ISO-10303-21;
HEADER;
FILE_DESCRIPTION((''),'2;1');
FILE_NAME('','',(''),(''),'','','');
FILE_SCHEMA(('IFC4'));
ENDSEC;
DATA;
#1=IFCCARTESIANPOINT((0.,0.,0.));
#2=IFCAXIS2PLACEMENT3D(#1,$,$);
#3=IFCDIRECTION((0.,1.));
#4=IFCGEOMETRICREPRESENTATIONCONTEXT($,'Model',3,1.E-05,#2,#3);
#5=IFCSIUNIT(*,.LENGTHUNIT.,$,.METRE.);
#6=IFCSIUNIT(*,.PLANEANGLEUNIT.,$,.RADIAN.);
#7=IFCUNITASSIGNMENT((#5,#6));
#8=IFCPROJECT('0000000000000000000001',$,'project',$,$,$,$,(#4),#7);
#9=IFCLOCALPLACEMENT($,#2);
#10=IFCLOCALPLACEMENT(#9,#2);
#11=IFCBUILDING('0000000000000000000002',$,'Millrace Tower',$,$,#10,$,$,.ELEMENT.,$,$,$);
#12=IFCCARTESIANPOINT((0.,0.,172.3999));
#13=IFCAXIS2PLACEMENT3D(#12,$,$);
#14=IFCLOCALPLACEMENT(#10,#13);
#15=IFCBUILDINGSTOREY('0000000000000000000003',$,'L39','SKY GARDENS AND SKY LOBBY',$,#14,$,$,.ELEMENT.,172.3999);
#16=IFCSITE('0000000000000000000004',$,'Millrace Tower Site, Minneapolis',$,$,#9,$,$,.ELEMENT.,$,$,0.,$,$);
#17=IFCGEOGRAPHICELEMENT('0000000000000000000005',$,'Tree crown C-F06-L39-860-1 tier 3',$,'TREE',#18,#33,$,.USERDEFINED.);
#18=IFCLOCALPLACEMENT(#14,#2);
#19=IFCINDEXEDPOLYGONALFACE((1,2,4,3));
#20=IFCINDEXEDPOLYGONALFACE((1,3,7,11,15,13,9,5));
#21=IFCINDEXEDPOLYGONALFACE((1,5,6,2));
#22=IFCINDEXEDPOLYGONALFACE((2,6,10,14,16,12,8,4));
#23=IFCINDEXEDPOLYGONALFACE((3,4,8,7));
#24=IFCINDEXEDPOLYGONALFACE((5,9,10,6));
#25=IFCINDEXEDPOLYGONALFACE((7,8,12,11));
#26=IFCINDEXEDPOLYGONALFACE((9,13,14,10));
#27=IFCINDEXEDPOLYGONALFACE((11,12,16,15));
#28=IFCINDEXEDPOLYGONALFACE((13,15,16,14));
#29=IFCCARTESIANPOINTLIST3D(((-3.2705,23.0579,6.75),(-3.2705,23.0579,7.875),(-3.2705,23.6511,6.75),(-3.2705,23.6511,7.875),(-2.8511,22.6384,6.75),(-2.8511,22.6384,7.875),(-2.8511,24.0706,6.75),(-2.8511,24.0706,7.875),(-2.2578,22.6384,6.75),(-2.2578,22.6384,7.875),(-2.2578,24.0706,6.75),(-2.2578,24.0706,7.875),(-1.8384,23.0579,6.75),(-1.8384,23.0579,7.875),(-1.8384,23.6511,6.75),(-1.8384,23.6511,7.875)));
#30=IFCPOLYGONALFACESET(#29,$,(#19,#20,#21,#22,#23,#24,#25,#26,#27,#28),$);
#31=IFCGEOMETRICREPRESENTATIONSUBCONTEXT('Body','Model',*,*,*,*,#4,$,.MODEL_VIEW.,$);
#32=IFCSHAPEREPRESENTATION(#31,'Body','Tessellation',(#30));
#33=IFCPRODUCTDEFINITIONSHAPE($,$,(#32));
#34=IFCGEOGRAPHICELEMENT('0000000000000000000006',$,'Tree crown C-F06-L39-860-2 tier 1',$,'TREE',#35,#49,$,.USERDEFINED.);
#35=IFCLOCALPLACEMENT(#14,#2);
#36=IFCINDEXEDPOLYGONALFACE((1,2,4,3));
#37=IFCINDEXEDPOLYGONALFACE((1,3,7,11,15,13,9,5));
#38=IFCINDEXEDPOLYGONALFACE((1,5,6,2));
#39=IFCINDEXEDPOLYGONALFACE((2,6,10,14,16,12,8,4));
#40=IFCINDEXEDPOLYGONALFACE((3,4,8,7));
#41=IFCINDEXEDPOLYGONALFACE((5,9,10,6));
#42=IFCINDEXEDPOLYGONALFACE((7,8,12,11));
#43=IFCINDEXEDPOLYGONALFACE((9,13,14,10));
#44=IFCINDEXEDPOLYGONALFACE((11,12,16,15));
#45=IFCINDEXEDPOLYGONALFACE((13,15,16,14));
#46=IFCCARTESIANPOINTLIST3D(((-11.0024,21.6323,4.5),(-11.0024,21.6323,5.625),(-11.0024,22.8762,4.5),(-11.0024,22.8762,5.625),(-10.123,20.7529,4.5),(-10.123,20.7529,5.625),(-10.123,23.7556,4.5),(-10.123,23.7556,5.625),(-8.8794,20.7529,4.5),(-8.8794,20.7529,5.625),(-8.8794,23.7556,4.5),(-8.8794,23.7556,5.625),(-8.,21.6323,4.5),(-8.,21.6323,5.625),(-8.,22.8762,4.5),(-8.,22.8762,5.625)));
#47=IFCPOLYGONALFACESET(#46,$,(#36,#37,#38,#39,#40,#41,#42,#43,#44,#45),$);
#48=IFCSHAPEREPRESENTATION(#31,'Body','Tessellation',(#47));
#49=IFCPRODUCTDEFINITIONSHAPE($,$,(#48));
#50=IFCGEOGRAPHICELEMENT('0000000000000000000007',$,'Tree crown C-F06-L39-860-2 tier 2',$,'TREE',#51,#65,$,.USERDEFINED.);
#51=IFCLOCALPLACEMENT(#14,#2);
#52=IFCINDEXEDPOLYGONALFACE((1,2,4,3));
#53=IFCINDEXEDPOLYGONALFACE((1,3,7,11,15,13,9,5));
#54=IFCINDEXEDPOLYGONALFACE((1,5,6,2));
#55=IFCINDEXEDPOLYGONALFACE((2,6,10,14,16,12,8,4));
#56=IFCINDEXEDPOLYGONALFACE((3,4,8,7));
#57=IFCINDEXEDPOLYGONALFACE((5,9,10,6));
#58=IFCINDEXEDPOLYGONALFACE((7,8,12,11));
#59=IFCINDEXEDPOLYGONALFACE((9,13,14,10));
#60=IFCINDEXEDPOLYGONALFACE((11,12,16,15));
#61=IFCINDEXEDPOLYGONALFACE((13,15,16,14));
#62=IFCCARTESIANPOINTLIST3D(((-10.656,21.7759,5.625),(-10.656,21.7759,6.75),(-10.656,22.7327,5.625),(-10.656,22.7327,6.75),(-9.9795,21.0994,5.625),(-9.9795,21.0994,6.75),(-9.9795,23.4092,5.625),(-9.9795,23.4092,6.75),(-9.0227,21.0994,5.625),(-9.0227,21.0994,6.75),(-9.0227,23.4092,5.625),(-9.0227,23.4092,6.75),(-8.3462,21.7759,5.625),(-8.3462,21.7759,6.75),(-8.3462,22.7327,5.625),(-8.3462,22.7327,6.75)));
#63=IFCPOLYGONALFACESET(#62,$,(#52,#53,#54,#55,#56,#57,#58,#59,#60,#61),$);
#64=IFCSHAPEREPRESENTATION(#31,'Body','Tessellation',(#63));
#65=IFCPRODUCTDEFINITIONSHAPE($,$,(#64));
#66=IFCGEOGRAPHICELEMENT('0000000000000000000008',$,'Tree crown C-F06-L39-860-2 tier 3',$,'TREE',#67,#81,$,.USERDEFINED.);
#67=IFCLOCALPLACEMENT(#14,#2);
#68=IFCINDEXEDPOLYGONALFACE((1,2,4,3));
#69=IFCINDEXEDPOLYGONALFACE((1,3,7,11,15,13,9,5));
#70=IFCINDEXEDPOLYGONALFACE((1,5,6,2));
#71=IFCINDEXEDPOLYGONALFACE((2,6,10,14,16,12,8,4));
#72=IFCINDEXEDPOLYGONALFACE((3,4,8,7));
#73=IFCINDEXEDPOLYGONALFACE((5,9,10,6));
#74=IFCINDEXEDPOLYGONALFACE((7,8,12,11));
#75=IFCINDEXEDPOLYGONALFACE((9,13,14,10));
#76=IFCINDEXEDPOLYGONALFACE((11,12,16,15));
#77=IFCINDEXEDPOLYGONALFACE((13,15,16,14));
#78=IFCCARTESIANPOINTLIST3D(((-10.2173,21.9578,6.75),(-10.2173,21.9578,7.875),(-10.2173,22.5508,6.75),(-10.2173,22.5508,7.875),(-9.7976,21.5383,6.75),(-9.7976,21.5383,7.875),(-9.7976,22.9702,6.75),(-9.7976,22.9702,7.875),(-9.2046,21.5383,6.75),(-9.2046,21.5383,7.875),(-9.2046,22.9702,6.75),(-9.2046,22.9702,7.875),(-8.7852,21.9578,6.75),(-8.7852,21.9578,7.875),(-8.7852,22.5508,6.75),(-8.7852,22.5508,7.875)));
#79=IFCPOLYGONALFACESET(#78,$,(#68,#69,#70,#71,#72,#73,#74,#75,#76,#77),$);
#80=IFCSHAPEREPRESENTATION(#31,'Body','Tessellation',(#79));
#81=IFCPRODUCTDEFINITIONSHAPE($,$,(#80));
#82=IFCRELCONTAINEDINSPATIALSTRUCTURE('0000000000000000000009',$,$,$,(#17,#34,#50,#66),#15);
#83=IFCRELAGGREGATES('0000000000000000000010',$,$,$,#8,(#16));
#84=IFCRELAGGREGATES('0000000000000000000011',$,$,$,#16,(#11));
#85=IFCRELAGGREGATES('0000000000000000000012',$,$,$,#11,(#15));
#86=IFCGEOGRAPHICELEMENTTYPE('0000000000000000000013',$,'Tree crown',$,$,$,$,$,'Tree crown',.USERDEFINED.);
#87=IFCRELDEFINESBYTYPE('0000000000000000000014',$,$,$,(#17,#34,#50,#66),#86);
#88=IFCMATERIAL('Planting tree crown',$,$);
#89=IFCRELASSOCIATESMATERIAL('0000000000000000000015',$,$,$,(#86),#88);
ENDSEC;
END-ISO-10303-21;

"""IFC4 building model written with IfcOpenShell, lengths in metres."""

from ifc_helpers import new_model, si_unit, direction, frame, origin, place, context, subcontext, project, spatial, polyline, outline, extrude, material, type_object, element, save


model = new_model("IFC4")

# Units and contexts
model_context = context("Model", 3, precision=1e-05, world=origin(), true_north=direction((0.0, 1.0)))
body_context = subcontext(model_context, "Body", "Model", "MODEL_VIEW")
ifc_project = project(units=[si_unit("LENGTHUNIT", "METRE"), si_unit("PLANEANGLEUNIT", "RADIAN")], contexts=[model_context])

# Site, building, storey
site_placement = place(None, origin())
site = spatial("IfcSite", under=ifc_project, at=site_placement, Name="Millrace Tower Site, Minneapolis", CompositionType="ELEMENT", RefElevation=0.0)
building_placement = place(site_placement, origin())
building = spatial("IfcBuilding", under=site, at=building_placement, Name="Millrace Tower", CompositionType="ELEMENT")
storey_placement = place(building_placement, frame((0.0, 0.0, 172.3999)))
storey = spatial("IfcBuildingStorey", under=building, at=storey_placement, Name="L39", Description="SKY GARDENS AND SKY LOBBY", CompositionType="ELEMENT", Elevation=172.3999)

# Geographic elements
ifc_material_1 = material(Name="Planting tree crown")
geographic_element_type = type_object("IfcGeographicElementType", Name="Tree crown", ElementType="Tree crown", PredefinedType="USERDEFINED", material=ifc_material_1)
placement_1 = place(storey_placement, frame((0.0, 0.0, 4.5)))
placement_2 = place(storey_placement, frame((0.0, 0.0, 5.625)))
placement_3 = place(storey_placement, frame((0.0, 0.0, 6.75)))
element("IfcGeographicElement", 1, at=placement_3, inside=storey, type_object=geographic_element_type, Name="Tree crown C-F06-L39-860-1 tier 3", ObjectType="TREE", PredefinedType="USERDEFINED", context=body_context, shape_type="SweptSolid", body=[
    extrude(outline(polyline([(-1.8384, 23.6511), (-2.2578, 24.0706), (-2.8511, 24.0706), (-3.2705, 23.6511), (-3.2705, 23.0579), (-2.8511, 22.6384), (-2.2578, 22.6384), (-1.8384, 23.0579), (-1.8384, 23.6511)])), origin(), (0.0, 0.0, 1.0), 1.125),
])
element("IfcGeographicElement", 2, at=placement_1, inside=storey, type_object=geographic_element_type, Name="Tree crown C-F06-L39-860-2 tier 1", ObjectType="TREE", PredefinedType="USERDEFINED", context=body_context, shape_type="SweptSolid", body=[
    extrude(outline(polyline([(-8.0, 22.8762), (-8.8794, 23.7556), (-10.123, 23.7556), (-11.0024, 22.8762), (-11.0024, 21.6323), (-10.123, 20.7529), (-8.8794, 20.7529), (-8.0, 21.6323), (-8.0, 22.8762)])), origin(), (0.0, 0.0, 1.0), 1.125),
])
element("IfcGeographicElement", 3, at=placement_2, inside=storey, type_object=geographic_element_type, Name="Tree crown C-F06-L39-860-2 tier 2", ObjectType="TREE", PredefinedType="USERDEFINED", context=body_context, shape_type="SweptSolid", body=[
    extrude(outline(polyline([(-8.3462, 22.7327), (-9.0227, 23.4092), (-9.9795, 23.4092), (-10.656, 22.7327), (-10.656, 21.7759), (-9.9795, 21.0994), (-9.0227, 21.0994), (-8.3462, 21.7759), (-8.3462, 22.7327)])), origin(), (0.0, 0.0, 1.0), 1.125),
])
element("IfcGeographicElement", 4, at=placement_3, inside=storey, type_object=geographic_element_type, Name="Tree crown C-F06-L39-860-2 tier 3", ObjectType="TREE", PredefinedType="USERDEFINED", context=body_context, shape_type="SweptSolid", body=[
    extrude(outline(polyline([(-8.7852, 22.5508), (-9.2046, 22.9702), (-9.7976, 22.9702), (-10.2173, 22.5508), (-10.2173, 21.9578), (-9.7976, 21.5383), (-9.2046, 21.5383), (-8.7852, 21.9578), (-8.7852, 22.5508)])), origin(), (0.0, 0.0, 1.0), 1.125),
])

save(model, "model.ifc")
